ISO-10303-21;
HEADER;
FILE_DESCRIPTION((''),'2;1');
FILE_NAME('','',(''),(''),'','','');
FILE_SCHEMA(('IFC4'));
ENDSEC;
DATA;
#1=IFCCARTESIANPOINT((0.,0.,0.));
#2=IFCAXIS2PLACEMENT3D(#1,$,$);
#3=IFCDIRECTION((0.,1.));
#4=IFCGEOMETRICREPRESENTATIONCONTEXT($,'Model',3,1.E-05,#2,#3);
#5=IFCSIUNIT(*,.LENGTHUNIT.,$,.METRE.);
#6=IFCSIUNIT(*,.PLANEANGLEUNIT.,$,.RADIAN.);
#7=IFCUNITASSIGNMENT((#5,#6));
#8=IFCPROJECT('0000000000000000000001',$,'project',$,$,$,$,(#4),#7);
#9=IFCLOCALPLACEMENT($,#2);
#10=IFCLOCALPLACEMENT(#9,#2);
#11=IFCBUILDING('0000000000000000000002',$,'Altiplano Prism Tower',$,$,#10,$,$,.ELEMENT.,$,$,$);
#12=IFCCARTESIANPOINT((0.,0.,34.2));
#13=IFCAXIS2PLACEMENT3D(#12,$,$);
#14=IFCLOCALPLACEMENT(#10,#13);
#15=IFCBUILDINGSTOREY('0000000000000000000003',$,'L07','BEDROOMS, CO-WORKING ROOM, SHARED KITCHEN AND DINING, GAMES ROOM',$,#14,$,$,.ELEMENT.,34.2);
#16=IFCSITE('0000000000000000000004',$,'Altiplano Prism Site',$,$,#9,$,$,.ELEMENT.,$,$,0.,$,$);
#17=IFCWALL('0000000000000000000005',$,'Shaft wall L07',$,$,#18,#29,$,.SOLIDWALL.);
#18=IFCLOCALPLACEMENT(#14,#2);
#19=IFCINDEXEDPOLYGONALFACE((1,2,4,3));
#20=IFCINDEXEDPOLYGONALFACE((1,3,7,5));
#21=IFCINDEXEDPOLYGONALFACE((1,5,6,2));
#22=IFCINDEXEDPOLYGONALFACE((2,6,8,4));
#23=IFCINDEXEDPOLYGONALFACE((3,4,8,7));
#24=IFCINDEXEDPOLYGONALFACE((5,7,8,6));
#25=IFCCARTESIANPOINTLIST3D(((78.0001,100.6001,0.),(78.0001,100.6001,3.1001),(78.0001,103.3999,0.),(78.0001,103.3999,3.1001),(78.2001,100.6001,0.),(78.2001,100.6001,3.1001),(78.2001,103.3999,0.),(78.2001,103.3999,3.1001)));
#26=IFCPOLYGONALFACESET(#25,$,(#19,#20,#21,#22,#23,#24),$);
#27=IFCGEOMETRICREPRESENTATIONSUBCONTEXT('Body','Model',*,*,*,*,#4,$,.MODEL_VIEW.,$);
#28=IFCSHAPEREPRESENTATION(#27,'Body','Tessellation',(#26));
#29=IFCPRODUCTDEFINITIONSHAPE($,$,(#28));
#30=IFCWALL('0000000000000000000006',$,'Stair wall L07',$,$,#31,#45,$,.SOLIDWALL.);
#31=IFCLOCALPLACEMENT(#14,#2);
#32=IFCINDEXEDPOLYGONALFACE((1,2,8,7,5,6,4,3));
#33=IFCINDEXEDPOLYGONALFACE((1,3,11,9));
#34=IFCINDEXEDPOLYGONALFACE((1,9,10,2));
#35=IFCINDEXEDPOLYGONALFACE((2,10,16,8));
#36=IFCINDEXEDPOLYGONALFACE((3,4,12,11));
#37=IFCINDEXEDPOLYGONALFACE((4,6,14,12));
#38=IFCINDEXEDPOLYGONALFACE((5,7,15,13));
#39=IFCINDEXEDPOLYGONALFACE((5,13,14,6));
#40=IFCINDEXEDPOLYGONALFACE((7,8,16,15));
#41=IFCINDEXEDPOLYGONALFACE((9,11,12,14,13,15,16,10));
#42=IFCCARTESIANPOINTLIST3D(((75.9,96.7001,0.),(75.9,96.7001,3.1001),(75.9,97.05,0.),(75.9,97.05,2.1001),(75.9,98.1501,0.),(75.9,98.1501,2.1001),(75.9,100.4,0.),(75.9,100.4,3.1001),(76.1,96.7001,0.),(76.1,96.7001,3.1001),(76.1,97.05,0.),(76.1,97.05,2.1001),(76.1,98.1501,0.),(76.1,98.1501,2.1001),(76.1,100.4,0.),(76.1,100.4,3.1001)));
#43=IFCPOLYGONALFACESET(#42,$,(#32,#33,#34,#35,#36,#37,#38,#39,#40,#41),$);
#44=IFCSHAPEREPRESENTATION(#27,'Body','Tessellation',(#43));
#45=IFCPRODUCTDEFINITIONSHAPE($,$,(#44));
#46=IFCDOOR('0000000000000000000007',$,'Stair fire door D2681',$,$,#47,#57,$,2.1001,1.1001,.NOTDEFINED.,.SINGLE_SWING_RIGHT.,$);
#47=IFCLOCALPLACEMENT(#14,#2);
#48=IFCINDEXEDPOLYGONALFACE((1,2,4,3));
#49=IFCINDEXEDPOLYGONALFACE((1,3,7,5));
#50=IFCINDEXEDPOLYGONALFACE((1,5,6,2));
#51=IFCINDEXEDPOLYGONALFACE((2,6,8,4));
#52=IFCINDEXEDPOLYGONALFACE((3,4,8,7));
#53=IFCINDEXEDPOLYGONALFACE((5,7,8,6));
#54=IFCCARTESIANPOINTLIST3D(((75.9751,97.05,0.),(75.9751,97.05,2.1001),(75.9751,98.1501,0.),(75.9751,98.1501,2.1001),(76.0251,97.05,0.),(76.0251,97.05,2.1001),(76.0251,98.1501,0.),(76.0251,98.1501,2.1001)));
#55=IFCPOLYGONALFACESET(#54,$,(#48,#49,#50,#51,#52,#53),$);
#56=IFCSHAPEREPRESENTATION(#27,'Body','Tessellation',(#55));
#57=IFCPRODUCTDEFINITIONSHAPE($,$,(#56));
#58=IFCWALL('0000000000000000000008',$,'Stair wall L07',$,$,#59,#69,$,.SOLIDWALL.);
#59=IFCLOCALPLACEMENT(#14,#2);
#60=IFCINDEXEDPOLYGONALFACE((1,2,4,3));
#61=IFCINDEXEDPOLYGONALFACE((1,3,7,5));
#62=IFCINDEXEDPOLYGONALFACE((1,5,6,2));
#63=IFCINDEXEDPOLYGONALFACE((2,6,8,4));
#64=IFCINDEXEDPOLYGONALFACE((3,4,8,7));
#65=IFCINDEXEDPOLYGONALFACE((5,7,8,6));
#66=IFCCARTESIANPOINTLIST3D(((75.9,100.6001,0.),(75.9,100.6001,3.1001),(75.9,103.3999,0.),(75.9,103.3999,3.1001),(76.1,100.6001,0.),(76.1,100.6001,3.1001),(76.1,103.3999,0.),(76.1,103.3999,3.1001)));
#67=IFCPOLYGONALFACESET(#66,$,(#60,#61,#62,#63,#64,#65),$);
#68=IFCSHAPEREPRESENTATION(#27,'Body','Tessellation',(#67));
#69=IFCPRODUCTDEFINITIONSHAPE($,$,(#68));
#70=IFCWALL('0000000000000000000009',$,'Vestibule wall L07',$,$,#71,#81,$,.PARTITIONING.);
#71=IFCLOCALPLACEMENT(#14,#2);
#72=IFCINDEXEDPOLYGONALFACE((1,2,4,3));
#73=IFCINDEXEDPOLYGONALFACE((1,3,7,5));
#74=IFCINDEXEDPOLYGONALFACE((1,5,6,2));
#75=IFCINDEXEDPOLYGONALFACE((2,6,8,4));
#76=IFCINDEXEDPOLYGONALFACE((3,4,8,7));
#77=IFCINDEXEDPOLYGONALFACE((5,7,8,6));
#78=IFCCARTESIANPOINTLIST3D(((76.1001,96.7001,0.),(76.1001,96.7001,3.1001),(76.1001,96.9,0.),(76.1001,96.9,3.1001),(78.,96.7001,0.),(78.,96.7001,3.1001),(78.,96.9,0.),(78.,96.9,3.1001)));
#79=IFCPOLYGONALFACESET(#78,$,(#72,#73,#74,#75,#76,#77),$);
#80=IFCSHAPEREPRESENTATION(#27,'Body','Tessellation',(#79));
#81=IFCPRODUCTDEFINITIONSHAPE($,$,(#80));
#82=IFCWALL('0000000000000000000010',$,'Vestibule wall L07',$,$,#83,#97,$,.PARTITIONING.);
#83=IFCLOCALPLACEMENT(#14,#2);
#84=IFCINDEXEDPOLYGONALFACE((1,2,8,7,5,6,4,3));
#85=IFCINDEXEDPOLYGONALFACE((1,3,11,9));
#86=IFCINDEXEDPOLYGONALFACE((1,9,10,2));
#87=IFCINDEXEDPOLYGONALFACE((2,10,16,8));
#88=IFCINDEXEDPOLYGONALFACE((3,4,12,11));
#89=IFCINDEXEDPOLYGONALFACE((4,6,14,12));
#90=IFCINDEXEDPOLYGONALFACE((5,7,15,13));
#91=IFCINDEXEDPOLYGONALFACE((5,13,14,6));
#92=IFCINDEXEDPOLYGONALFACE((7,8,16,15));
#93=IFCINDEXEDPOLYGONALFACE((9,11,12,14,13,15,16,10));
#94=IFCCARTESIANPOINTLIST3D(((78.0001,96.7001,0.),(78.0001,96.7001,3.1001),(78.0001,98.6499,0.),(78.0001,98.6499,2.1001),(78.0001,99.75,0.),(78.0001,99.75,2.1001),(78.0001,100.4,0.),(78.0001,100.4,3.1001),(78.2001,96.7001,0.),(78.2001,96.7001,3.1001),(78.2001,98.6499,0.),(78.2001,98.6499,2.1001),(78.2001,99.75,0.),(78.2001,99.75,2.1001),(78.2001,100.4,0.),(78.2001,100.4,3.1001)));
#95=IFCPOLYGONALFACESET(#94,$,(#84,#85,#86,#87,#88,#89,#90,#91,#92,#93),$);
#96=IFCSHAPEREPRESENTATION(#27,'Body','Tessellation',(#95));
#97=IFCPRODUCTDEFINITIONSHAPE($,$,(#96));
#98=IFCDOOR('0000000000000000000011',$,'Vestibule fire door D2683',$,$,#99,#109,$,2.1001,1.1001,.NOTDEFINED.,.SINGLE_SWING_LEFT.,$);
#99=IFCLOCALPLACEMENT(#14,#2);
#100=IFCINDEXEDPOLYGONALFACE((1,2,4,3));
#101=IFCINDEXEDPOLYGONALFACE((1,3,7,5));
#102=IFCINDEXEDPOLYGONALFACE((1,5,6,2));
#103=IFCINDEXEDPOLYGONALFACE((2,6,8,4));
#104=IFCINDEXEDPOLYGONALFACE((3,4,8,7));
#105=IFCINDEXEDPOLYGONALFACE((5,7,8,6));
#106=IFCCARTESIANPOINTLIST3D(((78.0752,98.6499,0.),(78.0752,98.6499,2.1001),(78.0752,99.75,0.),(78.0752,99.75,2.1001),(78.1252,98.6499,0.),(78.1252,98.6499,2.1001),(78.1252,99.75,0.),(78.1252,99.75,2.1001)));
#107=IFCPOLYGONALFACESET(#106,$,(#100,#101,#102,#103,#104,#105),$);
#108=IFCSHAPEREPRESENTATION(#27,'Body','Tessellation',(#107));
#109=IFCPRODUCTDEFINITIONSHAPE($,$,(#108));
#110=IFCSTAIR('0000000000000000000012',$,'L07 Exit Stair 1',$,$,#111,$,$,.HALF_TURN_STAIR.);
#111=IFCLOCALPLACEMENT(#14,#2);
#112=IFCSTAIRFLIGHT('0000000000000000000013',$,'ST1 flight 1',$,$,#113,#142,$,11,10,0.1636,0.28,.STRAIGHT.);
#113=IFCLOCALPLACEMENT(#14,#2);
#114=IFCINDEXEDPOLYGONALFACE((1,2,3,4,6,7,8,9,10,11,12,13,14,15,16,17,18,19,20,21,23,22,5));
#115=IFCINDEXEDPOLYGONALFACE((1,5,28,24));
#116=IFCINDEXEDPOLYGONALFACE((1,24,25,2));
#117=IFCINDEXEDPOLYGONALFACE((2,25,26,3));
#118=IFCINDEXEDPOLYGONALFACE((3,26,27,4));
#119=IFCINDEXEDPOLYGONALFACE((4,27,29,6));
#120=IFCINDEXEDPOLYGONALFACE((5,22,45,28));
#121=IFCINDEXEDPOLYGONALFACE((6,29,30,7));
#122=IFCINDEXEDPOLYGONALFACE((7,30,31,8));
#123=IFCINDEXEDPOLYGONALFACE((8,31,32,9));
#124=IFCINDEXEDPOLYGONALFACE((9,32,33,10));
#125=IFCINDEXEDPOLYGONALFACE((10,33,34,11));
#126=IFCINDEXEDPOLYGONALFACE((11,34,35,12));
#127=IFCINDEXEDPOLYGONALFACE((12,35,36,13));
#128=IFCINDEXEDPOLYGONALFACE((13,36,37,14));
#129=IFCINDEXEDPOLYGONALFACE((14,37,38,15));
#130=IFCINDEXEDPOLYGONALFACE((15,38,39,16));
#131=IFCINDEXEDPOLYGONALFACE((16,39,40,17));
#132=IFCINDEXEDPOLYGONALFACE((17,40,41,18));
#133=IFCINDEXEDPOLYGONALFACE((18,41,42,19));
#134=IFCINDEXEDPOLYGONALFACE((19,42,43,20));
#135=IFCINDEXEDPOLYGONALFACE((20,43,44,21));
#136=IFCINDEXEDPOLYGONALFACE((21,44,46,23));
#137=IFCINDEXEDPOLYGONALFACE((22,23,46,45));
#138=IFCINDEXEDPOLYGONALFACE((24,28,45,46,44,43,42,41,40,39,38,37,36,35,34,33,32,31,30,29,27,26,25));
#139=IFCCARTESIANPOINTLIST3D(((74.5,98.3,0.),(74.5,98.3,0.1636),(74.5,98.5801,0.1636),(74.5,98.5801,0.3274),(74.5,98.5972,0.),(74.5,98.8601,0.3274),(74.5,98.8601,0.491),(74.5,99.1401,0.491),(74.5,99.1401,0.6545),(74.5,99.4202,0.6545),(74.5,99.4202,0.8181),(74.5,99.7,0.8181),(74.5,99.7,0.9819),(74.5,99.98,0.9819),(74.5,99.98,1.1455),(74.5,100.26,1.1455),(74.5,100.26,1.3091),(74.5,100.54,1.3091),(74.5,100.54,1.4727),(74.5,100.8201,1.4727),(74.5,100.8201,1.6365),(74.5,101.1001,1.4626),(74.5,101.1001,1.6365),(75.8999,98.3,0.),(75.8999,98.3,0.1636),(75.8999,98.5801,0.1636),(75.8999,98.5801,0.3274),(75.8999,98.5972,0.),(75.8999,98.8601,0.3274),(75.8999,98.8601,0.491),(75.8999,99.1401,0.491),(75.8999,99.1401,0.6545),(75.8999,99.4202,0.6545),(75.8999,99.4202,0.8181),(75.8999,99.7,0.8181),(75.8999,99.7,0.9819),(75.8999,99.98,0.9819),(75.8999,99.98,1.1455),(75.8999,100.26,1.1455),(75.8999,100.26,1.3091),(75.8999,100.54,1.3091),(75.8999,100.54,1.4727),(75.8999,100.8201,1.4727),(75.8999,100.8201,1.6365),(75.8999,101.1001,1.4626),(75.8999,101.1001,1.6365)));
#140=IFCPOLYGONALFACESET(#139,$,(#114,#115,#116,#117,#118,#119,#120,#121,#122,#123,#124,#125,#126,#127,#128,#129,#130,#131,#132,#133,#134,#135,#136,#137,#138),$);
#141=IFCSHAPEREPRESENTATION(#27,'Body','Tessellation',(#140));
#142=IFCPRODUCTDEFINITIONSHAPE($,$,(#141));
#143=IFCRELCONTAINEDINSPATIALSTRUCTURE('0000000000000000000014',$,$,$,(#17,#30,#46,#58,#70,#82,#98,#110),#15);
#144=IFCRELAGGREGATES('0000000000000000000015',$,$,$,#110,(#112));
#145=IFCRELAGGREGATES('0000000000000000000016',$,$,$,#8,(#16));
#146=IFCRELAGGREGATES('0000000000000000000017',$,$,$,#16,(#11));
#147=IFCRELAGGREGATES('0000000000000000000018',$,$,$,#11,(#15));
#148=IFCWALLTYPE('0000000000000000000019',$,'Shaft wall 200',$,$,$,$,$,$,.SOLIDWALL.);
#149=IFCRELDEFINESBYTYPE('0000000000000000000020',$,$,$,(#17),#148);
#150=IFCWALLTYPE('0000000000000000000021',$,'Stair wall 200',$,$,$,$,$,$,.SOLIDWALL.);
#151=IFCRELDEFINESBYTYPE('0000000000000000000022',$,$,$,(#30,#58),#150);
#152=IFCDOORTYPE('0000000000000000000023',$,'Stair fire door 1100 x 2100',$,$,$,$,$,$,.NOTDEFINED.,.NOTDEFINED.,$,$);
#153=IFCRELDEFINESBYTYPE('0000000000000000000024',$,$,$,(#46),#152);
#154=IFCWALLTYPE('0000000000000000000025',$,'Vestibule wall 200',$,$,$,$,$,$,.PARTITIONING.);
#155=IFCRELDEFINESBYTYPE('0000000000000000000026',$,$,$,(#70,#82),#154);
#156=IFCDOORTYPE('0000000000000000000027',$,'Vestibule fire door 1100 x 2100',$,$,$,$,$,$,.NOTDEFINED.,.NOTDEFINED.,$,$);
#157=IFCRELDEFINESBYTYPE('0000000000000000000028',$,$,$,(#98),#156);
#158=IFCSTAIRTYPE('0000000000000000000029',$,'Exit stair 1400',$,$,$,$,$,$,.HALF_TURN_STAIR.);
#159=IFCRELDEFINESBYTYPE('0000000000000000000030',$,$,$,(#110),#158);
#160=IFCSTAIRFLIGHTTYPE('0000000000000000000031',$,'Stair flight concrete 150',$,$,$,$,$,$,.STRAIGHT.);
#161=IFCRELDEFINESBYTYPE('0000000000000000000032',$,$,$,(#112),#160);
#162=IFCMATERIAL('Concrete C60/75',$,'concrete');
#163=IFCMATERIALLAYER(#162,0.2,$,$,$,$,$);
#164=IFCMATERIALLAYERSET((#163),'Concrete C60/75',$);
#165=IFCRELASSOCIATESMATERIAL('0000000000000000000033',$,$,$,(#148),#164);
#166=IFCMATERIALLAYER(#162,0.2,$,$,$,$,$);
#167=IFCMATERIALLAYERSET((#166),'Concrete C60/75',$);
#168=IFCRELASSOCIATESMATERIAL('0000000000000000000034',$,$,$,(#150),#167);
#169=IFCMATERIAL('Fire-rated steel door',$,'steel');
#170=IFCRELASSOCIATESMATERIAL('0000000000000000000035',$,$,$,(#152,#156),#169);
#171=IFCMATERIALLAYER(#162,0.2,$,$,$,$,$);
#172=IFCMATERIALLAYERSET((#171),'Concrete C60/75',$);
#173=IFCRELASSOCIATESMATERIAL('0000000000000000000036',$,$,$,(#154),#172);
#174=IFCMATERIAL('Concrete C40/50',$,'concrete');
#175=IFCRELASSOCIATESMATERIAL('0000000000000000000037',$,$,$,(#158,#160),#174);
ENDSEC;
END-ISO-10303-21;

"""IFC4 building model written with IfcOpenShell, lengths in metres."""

from ifc_helpers import new_model, si_unit, direction, frame, frame_2d, origin, place, context, subcontext, project, spatial, polyline, rectangle, outline, extrude, material, layer, layer_set, type_object, element, fill, aggregate, save


model = new_model("IFC4")

# Units and contexts
model_context = context("Model", 3, precision=1e-05, world=origin(), true_north=direction((0.0, 1.0)))
body_context = subcontext(model_context, "Body", "Model", "MODEL_VIEW")
ifc_project = project(units=[si_unit("LENGTHUNIT", "METRE"), si_unit("PLANEANGLEUNIT", "RADIAN")], contexts=[model_context])

# Site, building, storey
site_placement = place(None, origin())
site = spatial("IfcSite", under=ifc_project, at=site_placement, Name="Altiplano Prism Site", CompositionType="ELEMENT", RefElevation=0.0)
building_placement = place(site_placement, origin())
building = spatial("IfcBuilding", under=site, at=building_placement, Name="Altiplano Prism Tower", CompositionType="ELEMENT")
storey_placement = place(building_placement, frame((0.0, 0.0, 34.2)))
storey = spatial("IfcBuildingStorey", under=building, at=storey_placement, Name="L07", Description="BEDROOMS, CO-WORKING ROOM, SHARED KITCHEN AND DINING, GAMES ROOM", CompositionType="ELEMENT", Elevation=34.2)

# Wall
ifc_material_1 = material(Name="Concrete C60/75", Category="concrete")
ifc_layer_1 = layer(ifc_material_1, 0.2)
ifc_layer_set_1 = layer_set([ifc_layer_1], Name="Concrete C60/75")
wall_type_1 = type_object("IfcWallType", Name="Shaft wall 200", PredefinedType="SOLIDWALL", material=ifc_layer_set_1)
wall_1_placement = place(storey_placement, frame((78.1001, 100.6001, 0.0), z_axis=(0.0, 0.0, 1.0), x_axis=(0.0, 1.0, 0.0)))
element("IfcWall", 1, at=wall_1_placement, inside=storey, type_object=wall_type_1, Name="Shaft wall L07", PredefinedType="SOLIDWALL", context=body_context, shape_type="SweptSolid", body=[
    extrude(rectangle(XDim=2.7998, YDim=0.2, at=frame_2d((1.3999, 0.0))), origin(), (0.0, 0.0, 1.0), 3.1001),
])

# Wall, opening, door
ifc_layer_2 = layer(ifc_material_1, 0.2)
ifc_layer_set_2 = layer_set([ifc_layer_2], Name="Concrete C60/75")
wall_type_2 = type_object("IfcWallType", Name="Stair wall 200", PredefinedType="SOLIDWALL", material=ifc_layer_set_2)
wall_2_placement = place(storey_placement, frame((76.0, 96.7, 0.0), z_axis=(0.0, 0.0, 1.0), x_axis=(0.0, 1.0, 0.0)))
wall_2 = element("IfcWall", 2, at=wall_2_placement, inside=storey, type_object=wall_type_2, Name="Stair wall L07", PredefinedType="SOLIDWALL", context=body_context, shape_type="SweptSolid", body=[
    extrude(rectangle(XDim=3.7, YDim=0.2, at=frame_2d((1.8501, 0.0))), origin(), (0.0, 0.0, 1.0), 3.1001),
])
opening_1_placement = place(wall_2_placement, frame((0.3501, 0.0, 0.0)))
opening_1 = element("IfcOpeningElement", 3, at=opening_1_placement, cuts=wall_2, PredefinedType="OPENING", context=body_context, shape_type="SweptSolid", body=[
    extrude(rectangle(XDim=1.1001, YDim=2.1001, at=frame_2d((0.55, 1.05))), frame((0.0, 0.1104, 0.0), z_axis=(0.0, -1.0, 0.0), x_axis=(1.0, 0.0, 0.0)), (0.0, 0.0, 1.0), 0.2209),
])
ifc_material_2 = material(Name="Fire-rated steel door", Category="steel")
door_type_1 = type_object("IfcDoorType", Name="Stair fire door 1100 x 2100", OperationType="NOTDEFINED", PredefinedType="NOTDEFINED", material=ifc_material_2)
door_1_placement = place(opening_1_placement, origin())
door_1 = element("IfcDoor", 4, at=door_1_placement, inside=storey, type_object=door_type_1, Name="Stair fire door D2681", OperationType="SINGLE_SWING_RIGHT", OverallHeight=2.1001, OverallWidth=1.1001, PredefinedType="NOTDEFINED", context=body_context, shape_type="SweptSolid", body=[
    extrude(rectangle(XDim=1.1001, YDim=2.1001, at=frame_2d((0.55, 1.05))), frame((0.0, 0.0249, 0.0), z_axis=(0.0, -1.0, 0.0), x_axis=(1.0, 0.0, 0.0)), (0.0, 0.0, 1.0), 0.05),
])
fill(opening_1, door_1)

# Walls
wall_3_placement = place(storey_placement, frame((76.0, 100.6001, 0.0), z_axis=(0.0, 0.0, 1.0), x_axis=(0.0, 1.0, 0.0)))
element("IfcWall", 5, at=wall_3_placement, inside=storey, type_object=wall_type_2, Name="Stair wall L07", PredefinedType="SOLIDWALL", context=body_context, shape_type="SweptSolid", body=[
    extrude(rectangle(XDim=2.7998, YDim=0.2, at=frame_2d((1.3999, 0.0))), origin(), (0.0, 0.0, 1.0), 3.1001),
])
ifc_layer_3 = layer(ifc_material_1, 0.2)
ifc_layer_set_3 = layer_set([ifc_layer_3], Name="Concrete C60/75")
wall_type_3 = type_object("IfcWallType", Name="Vestibule wall 200", PredefinedType="PARTITIONING", material=ifc_layer_set_3)
wall_4_placement = place(storey_placement, frame((76.1001, 96.8, 0.0), z_axis=(0.0, 0.0, 1.0), x_axis=(1.0, 0.0, 0.0)))
element("IfcWall", 6, at=wall_4_placement, inside=storey, type_object=wall_type_3, Name="Vestibule wall L07", PredefinedType="PARTITIONING", context=body_context, shape_type="SweptSolid", body=[
    extrude(rectangle(XDim=1.8999, YDim=0.2, at=frame_2d((0.95, 0.0))), origin(), (0.0, 0.0, 1.0), 3.1001),
])

# Wall, opening, door
wall_5_placement = place(storey_placement, frame((78.1001, 96.7, 0.0), z_axis=(0.0, 0.0, 1.0), x_axis=(0.0, 1.0, 0.0)))
wall_5 = element("IfcWall", 7, at=wall_5_placement, inside=storey, type_object=wall_type_3, Name="Vestibule wall L07", PredefinedType="PARTITIONING", context=body_context, shape_type="SweptSolid", body=[
    extrude(rectangle(XDim=3.7, YDim=0.2, at=frame_2d((1.8501, 0.0))), origin(), (0.0, 0.0, 1.0), 3.1001),
])
opening_2_placement = place(wall_5_placement, frame((1.95, 0.0, 0.0)))
opening_2 = element("IfcOpeningElement", 8, at=opening_2_placement, cuts=wall_5, PredefinedType="OPENING", context=body_context, shape_type="SweptSolid", body=[
    extrude(rectangle(XDim=1.1001, YDim=2.1001, at=frame_2d((0.55, 1.05))), frame((0.0, 0.1104, 0.0), z_axis=(0.0, -1.0, 0.0), x_axis=(1.0, 0.0, 0.0)), (0.0, 0.0, 1.0), 0.2209),
])
door_type_2 = type_object("IfcDoorType", Name="Vestibule fire door 1100 x 2100", OperationType="NOTDEFINED", PredefinedType="NOTDEFINED", material=ifc_material_2)
door_2_placement = place(opening_2_placement, origin())
door_2 = element("IfcDoor", 9, at=door_2_placement, inside=storey, type_object=door_type_2, Name="Vestibule fire door D2683", OperationType="SINGLE_SWING_LEFT", OverallHeight=2.1001, OverallWidth=1.1001, PredefinedType="NOTDEFINED", context=body_context, shape_type="SweptSolid", body=[
    extrude(rectangle(XDim=1.1001, YDim=2.1001, at=frame_2d((0.55, 1.05))), frame((0.0, 0.0249, 0.0), z_axis=(0.0, -1.0, 0.0), x_axis=(1.0, 0.0, 0.0)), (0.0, 0.0, 1.0), 0.05),
])
fill(opening_2, door_2)

# Stair, stair flight
ifc_material_3 = material(Name="Concrete C40/50", Category="concrete")
stair_type = type_object("IfcStairType", Name="Exit stair 1400", PredefinedType="HALF_TURN_STAIR", material=ifc_material_3)
stair_placement = place(storey_placement, origin())
stair = element("IfcStair", 10, at=stair_placement, inside=storey, type_object=stair_type, Name="L07 Exit Stair 1", PredefinedType="HALF_TURN_STAIR")
stair_flight_type = type_object("IfcStairFlightType", Name="Stair flight concrete 150", PredefinedType="STRAIGHT", material=ifc_material_3)
stair_flight_placement = place(storey_placement, frame((75.2, 98.3, 0.0), z_axis=(0.0, 0.0, 1.0), x_axis=(0.0, 1.0, 0.0)))
stair_flight = element("IfcStairFlight", 11, at=stair_flight_placement, type_object=stair_flight_type, Name="ST1 flight 1", NumberOfRisers=11, NumberOfTreads=10, PredefinedType="STRAIGHT", RiserHeight=0.1636, TreadLength=0.28, context=body_context, shape_type="SweptSolid", body=[
    extrude(outline(polyline([(0.0, 0.0), (0.0, 0.1636), (0.28, 0.1636), (0.28, 0.3274), (0.5601, 0.3274), (0.5601, 0.491), (0.8401, 0.491), (0.8401, 0.6545), (1.1201, 0.6545), (1.1201, 0.8181), (1.3999, 0.8181), (1.3999, 0.9819), (1.6799, 0.9819), (1.6799, 1.1455), (1.96, 1.1455), (1.96, 1.3091), (2.24, 1.3091), (2.24, 1.4727), (2.52, 1.4727), (2.52, 1.6365), (2.8, 1.6365), (2.8, 1.8), (2.8, 1.4626), (0.2971, 0.0), (0.0, 0.0)])), frame((0.0, 0.7, 0.0), z_axis=(0.0, -1.0, 0.0), x_axis=(1.0, 0.0, 0.0)), (0.0, 0.0, 1.0), 1.3999),
])
aggregate(stair, [stair_flight])

save(model, "model.ifc")
